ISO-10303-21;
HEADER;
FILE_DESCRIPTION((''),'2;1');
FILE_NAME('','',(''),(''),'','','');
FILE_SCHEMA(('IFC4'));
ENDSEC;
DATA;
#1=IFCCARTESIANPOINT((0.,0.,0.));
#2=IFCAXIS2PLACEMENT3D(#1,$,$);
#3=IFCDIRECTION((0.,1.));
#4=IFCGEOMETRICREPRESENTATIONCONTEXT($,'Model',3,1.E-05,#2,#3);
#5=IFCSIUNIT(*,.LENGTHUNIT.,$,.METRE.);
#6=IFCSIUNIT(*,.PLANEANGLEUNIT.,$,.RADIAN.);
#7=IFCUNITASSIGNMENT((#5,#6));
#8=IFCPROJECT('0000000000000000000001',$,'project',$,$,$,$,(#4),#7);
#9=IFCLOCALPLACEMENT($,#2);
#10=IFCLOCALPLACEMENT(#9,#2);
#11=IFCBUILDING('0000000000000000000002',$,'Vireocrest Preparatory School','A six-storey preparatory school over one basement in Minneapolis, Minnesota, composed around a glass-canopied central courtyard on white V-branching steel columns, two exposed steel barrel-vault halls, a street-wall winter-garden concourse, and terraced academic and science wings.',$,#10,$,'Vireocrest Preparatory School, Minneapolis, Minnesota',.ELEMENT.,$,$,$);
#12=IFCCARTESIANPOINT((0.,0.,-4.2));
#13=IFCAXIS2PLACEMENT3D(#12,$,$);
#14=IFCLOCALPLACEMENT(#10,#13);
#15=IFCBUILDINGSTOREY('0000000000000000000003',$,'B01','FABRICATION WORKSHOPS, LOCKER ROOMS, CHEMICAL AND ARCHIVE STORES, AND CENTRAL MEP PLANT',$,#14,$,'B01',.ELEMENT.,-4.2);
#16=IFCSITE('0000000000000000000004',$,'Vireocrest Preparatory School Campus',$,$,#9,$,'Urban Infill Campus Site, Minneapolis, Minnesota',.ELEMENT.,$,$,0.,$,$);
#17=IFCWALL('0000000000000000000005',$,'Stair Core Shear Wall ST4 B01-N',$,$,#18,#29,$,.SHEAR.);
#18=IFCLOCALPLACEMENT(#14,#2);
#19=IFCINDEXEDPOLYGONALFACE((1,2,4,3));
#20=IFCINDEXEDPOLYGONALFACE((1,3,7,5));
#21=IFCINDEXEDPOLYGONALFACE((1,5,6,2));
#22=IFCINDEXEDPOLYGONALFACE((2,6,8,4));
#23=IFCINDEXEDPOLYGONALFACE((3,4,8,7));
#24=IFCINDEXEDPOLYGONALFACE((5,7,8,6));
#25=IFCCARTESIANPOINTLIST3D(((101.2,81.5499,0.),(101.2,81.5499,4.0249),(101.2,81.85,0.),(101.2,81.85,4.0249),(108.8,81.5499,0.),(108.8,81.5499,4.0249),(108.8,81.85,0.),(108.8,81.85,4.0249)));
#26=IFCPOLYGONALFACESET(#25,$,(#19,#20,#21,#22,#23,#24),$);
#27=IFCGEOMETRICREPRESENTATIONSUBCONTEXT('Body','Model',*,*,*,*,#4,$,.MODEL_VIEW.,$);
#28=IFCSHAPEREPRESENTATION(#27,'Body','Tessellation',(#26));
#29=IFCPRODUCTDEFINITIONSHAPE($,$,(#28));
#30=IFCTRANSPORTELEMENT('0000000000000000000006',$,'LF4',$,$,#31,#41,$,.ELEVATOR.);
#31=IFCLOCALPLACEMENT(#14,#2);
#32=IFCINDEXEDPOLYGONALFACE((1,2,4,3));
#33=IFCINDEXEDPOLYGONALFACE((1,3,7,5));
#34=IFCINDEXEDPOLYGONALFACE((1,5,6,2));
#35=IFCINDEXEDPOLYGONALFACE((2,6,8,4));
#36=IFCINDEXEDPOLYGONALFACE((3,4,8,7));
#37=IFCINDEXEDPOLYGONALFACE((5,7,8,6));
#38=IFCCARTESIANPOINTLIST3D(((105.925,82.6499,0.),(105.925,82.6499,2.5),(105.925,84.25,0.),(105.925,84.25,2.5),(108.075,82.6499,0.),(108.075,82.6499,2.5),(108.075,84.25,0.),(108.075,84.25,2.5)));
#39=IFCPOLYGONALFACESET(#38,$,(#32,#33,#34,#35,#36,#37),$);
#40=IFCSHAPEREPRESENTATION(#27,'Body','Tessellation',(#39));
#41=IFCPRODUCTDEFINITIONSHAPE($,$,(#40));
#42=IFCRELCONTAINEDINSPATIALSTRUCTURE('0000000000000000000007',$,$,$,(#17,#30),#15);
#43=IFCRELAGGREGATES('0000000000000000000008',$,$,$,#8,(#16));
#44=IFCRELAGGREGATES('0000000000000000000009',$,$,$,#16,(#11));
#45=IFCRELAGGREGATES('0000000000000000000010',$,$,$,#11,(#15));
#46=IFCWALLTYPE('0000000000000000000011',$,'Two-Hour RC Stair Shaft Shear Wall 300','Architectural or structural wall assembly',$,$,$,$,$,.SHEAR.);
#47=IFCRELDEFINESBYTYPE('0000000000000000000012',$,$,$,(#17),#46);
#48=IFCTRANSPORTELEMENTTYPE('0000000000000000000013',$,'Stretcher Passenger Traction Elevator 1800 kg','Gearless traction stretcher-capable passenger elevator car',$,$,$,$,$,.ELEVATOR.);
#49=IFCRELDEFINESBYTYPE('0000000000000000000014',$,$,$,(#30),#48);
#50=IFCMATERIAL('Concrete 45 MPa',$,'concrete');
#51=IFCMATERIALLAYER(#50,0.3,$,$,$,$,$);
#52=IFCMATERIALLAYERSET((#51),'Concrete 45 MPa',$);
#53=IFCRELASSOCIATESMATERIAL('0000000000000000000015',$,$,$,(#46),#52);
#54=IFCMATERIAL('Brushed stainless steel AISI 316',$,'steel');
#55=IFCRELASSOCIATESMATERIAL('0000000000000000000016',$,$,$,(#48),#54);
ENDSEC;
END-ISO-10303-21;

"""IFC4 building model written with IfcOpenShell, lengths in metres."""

from ifc_helpers import new_model, si_unit, direction, frame, frame_2d, origin, origin_2d, place, context, subcontext, project, spatial, rectangle, extrude, material, layer, layer_set, type_object, element, save


model = new_model("IFC4")

# Units and contexts
model_context = context("Model", 3, precision=1e-05, world=origin(), true_north=direction((0.0, 1.0)))
body_context = subcontext(model_context, "Body", "Model", "MODEL_VIEW")
ifc_project = project(units=[si_unit("LENGTHUNIT", "METRE"), si_unit("PLANEANGLEUNIT", "RADIAN")], contexts=[model_context])

# Site, building, storey
site_placement = place(None, origin())
site = spatial("IfcSite", under=ifc_project, at=site_placement, Name="Vireocrest Preparatory School Campus", LongName="Urban Infill Campus Site, Minneapolis, Minnesota", CompositionType="ELEMENT", RefElevation=0.0)
building_placement = place(site_placement, origin())
building = spatial("IfcBuilding", under=site, at=building_placement, Name="Vireocrest Preparatory School", Description="A six-storey preparatory school over one basement in Minneapolis, Minnesota, composed around a glass-canopied central courtyard on white V-branching steel columns, two exposed steel barrel-vault halls, a street-wall winter-garden concourse, and terraced academic and science wings.", LongName="Vireocrest Preparatory School, Minneapolis, Minnesota", CompositionType="ELEMENT")
storey_placement = place(building_placement, frame((0.0, 0.0, -4.2)))
storey = spatial("IfcBuildingStorey", under=building, at=storey_placement, Name="B01", Description="FABRICATION WORKSHOPS, LOCKER ROOMS, CHEMICAL AND ARCHIVE STORES, AND CENTRAL MEP PLANT", LongName="B01", CompositionType="ELEMENT", Elevation=-4.2)

# Shared definitions
ifc_material_1 = material(Name="Concrete 45 MPa", Category="concrete")

# Wall
ifc_layer_1 = layer(ifc_material_1, 0.3)
ifc_layer_set_1 = layer_set([ifc_layer_1], Name="Concrete 45 MPa")
wall_type_1 = type_object("IfcWallType", Name="Two-Hour RC Stair Shaft Shear Wall 300", Description="Architectural or structural wall assembly", PredefinedType="SHEAR", material=ifc_layer_set_1)
wall_1_placement = place(storey_placement, frame((101.2, 81.7, 0.0), z_axis=(0.0, 0.0, 1.0), x_axis=(1.0, 0.0, 0.0)))
element("IfcWall", 1, at=wall_1_placement, inside=storey, type_object=wall_type_1, Name="Stair Core Shear Wall ST4 B01-N", PredefinedType="SHEAR", context=body_context, shape_type="SweptSolid", body=[
    extrude(rectangle(XDim=7.6001, YDim=0.3, at=frame_2d((3.8, 0.0))), origin(), (0.0, 0.0, 1.0), 4.0249),
])

# Transport element
ifc_material_2 = material(Name="Brushed stainless steel AISI 316", Category="steel")
transport_element_type = type_object("IfcTransportElementType", Name="Stretcher Passenger Traction Elevator 1800 kg", Description="Gearless traction stretcher-capable passenger elevator car", PredefinedType="ELEVATOR", material=ifc_material_2)
transport_element_placement = place(storey_placement, frame((107.0, 83.45, 0.0), z_axis=(0.0, 0.0, 1.0), x_axis=(1.0, 0.0, 0.0)))
element("IfcTransportElement", 2, at=transport_element_placement, inside=storey, type_object=transport_element_type, Name="LF4", PredefinedType="ELEVATOR", context=body_context, shape_type="SweptSolid", body=[
    extrude(rectangle(XDim=2.1499, YDim=1.6001, at=origin_2d()), origin(), (0.0, 0.0, 1.0), 2.5),
])

save(model, "model.ifc")
